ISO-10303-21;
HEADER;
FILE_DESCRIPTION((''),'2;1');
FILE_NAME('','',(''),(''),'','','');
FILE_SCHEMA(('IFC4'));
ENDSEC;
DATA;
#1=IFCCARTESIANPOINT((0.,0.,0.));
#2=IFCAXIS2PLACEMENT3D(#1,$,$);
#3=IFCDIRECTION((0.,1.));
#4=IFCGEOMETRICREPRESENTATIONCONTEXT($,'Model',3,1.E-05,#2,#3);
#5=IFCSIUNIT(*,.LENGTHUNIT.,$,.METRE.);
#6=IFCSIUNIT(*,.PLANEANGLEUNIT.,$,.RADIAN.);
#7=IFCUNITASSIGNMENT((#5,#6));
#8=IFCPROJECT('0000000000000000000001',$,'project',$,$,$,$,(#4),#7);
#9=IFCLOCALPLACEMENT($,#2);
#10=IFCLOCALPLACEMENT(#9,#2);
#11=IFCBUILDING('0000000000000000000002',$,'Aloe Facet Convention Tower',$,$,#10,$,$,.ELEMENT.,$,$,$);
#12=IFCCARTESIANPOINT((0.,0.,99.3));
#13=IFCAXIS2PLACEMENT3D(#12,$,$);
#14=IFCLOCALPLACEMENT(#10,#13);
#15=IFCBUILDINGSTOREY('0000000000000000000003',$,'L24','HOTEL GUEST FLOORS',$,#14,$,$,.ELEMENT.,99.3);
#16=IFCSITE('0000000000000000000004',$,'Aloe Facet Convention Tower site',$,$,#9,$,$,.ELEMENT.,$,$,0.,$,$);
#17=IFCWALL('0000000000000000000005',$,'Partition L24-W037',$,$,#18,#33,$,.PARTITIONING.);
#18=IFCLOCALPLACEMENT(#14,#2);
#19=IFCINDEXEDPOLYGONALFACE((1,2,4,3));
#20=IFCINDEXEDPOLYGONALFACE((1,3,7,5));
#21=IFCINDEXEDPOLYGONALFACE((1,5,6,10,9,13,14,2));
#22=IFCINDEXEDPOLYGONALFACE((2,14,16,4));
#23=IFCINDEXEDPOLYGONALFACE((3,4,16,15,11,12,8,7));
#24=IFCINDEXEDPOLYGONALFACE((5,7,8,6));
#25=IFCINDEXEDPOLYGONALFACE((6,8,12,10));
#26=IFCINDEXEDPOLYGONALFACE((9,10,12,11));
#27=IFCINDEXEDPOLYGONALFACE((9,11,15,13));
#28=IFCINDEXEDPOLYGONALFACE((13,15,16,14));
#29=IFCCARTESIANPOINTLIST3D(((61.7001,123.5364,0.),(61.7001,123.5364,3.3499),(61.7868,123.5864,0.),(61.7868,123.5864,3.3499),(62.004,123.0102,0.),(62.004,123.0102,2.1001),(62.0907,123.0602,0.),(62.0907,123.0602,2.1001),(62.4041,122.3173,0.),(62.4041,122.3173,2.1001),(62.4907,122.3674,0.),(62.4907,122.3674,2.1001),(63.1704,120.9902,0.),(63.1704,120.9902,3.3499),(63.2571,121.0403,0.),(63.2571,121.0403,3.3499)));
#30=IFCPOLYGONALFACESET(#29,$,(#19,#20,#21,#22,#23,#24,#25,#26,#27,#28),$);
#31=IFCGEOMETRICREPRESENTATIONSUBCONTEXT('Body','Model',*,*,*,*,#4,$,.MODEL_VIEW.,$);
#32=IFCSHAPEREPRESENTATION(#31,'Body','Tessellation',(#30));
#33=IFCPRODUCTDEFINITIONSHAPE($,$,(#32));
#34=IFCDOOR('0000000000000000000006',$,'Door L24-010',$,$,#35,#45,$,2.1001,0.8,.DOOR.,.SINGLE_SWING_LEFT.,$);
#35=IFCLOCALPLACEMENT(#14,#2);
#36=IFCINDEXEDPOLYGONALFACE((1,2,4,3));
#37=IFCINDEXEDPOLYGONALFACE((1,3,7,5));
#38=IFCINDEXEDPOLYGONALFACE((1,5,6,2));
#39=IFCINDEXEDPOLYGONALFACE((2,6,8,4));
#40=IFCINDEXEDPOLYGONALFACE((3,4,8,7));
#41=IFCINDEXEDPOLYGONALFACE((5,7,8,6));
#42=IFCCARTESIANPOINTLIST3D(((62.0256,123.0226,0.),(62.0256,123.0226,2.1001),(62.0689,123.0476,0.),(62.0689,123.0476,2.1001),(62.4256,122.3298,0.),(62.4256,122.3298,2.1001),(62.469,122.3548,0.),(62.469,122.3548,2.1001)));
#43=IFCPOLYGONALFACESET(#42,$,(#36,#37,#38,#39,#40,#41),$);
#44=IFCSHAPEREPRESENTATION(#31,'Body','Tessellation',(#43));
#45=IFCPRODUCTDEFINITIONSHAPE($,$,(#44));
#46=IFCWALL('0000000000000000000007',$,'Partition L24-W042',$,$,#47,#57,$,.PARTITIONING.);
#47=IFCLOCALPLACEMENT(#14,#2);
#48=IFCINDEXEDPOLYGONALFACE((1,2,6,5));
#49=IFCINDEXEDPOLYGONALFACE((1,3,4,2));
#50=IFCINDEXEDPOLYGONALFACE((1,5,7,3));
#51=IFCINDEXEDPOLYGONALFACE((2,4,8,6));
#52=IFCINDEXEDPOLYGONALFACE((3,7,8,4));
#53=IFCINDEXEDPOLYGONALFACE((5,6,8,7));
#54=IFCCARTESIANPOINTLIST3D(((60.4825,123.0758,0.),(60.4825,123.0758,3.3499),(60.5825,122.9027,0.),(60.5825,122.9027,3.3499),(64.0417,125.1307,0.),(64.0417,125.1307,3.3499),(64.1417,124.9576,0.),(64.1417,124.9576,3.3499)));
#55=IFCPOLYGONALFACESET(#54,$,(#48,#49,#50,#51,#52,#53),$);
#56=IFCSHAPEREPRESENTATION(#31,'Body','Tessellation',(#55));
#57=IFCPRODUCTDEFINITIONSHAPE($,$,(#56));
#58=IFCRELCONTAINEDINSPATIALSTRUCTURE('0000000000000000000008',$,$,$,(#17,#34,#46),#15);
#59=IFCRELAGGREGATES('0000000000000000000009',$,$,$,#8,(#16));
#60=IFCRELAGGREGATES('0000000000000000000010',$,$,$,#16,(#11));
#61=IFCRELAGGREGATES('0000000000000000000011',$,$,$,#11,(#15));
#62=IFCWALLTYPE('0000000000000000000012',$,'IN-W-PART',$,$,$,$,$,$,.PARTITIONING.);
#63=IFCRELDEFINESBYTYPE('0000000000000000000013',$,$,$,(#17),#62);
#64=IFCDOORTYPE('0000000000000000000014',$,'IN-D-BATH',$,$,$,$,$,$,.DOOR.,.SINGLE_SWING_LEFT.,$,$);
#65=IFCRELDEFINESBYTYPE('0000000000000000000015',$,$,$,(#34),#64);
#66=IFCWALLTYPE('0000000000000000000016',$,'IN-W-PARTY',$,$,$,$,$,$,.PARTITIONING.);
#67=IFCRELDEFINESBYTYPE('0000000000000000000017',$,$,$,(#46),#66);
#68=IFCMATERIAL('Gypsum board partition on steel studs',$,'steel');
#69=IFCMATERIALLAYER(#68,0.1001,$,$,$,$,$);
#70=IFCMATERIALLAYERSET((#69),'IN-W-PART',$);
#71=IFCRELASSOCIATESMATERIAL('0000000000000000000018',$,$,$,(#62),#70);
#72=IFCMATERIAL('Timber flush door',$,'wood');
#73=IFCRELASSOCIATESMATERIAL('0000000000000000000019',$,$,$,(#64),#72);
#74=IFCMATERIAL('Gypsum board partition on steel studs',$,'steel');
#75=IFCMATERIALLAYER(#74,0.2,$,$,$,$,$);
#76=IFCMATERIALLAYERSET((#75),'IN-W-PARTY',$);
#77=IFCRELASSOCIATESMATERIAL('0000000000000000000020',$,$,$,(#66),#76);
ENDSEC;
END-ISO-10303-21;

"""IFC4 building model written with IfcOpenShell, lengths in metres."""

from ifc_helpers import new_model, si_unit, direction, frame, frame_2d, origin, place, context, subcontext, project, spatial, rectangle, extrude, material, layer, layer_set, type_object, element, fill, save


model = new_model("IFC4")

# Units and contexts
model_context = context("Model", 3, precision=1e-05, world=origin(), true_north=direction((0.0, 1.0)))
body_context = subcontext(model_context, "Body", "Model", "MODEL_VIEW")
ifc_project = project(units=[si_unit("LENGTHUNIT", "METRE"), si_unit("PLANEANGLEUNIT", "RADIAN")], contexts=[model_context])

# Site, building, storey
site_placement = place(None, origin())
site = spatial("IfcSite", under=ifc_project, at=site_placement, Name="Aloe Facet Convention Tower site", CompositionType="ELEMENT", RefElevation=0.0)
building_placement = place(site_placement, origin())
building = spatial("IfcBuilding", under=site, at=building_placement, Name="Aloe Facet Convention Tower", CompositionType="ELEMENT")
storey_placement = place(building_placement, frame((0.0, 0.0, 99.3)))
storey = spatial("IfcBuildingStorey", under=building, at=storey_placement, Name="L24", Description="HOTEL GUEST FLOORS", CompositionType="ELEMENT", Elevation=99.3)

# Wall, opening, door
ifc_material_1 = material(Name="Gypsum board partition on steel studs", Category="steel")
ifc_layer_1 = layer(ifc_material_1, 0.1001)
ifc_layer_set_1 = layer_set([ifc_layer_1], Name="IN-W-PART")
wall_type_1 = type_object("IfcWallType", Name="IN-W-PART", PredefinedType="PARTITIONING", material=ifc_layer_set_1)
wall_1_placement = place(storey_placement, frame((61.7434, 123.5615, 0.0), z_axis=(0.0, 0.0, 1.0), x_axis=(0.500051, -0.865996, 0.0)))
wall_1 = element("IfcWall", 1, at=wall_1_placement, inside=storey, type_object=wall_type_1, Name="Partition L24-W037", PredefinedType="PARTITIONING", context=body_context, shape_type="SweptSolid", body=[
    extrude(rectangle(XDim=2.9402, YDim=0.1001, at=frame_2d((1.4702, 0.0))), origin(), (0.0, 0.0, 1.0), 3.3499),
])
opening_1_placement = place(wall_1_placement, frame((0.6079, 0.0, 0.0)))
opening_1 = element("IfcOpeningElement", 2, at=opening_1_placement, cuts=wall_1, PredefinedType="OPENING", context=body_context, shape_type="SweptSolid", body=[
    extrude(rectangle(XDim=0.8, YDim=2.1001, at=frame_2d((0.3999, 1.05))), frame((0.0, 0.0601, 0.0), z_axis=(0.0, -1.0, 0.0), x_axis=(1.0, 0.0, 0.0)), (0.0, 0.0, 1.0), 0.1201),
])
ifc_material_2 = material(Name="Timber flush door", Category="wood")
door_type_1 = type_object("IfcDoorType", Name="IN-D-BATH", OperationType="SINGLE_SWING_LEFT", PredefinedType="DOOR", material=ifc_material_2)
door_1_placement = place(opening_1_placement, origin())
door_1 = element("IfcDoor", 3, at=door_1_placement, inside=storey, type_object=door_type_1, Name="Door L24-010", OperationType="SINGLE_SWING_LEFT", OverallHeight=2.1001, OverallWidth=0.8, PredefinedType="DOOR", context=body_context, shape_type="SweptSolid", body=[
    extrude(rectangle(XDim=0.8, YDim=2.1001, at=frame_2d((0.3999, 1.05))), frame((0.0, 0.0249, 0.0), z_axis=(0.0, -1.0, 0.0), x_axis=(1.0, 0.0, 0.0)), (0.0, 0.0, 1.0), 0.05),
])
fill(opening_1, door_1)

# Wall
ifc_material_3 = material(Name="Gypsum board partition on steel studs", Category="steel")
ifc_layer_2 = layer(ifc_material_3, 0.2)
ifc_layer_set_2 = layer_set([ifc_layer_2], Name="IN-W-PARTY")
wall_type_2 = type_object("IfcWallType", Name="IN-W-PARTY", PredefinedType="PARTITIONING", material=ifc_layer_set_2)
wall_2_placement = place(storey_placement, frame((60.5325, 122.9893, 0.0), z_axis=(0.0, 0.0, 1.0), x_axis=(0.86603, 0.499992, 0.0)))
element("IfcWall", 4, at=wall_2_placement, inside=storey, type_object=wall_type_2, Name="Partition L24-W042", PredefinedType="PARTITIONING", context=body_context, shape_type="SweptSolid", body=[
    extrude(rectangle(XDim=4.1099, YDim=0.2, at=frame_2d((2.0549, 0.0))), origin(), (0.0, 0.0, 1.0), 3.3499),
])

save(model, "model.ifc")
